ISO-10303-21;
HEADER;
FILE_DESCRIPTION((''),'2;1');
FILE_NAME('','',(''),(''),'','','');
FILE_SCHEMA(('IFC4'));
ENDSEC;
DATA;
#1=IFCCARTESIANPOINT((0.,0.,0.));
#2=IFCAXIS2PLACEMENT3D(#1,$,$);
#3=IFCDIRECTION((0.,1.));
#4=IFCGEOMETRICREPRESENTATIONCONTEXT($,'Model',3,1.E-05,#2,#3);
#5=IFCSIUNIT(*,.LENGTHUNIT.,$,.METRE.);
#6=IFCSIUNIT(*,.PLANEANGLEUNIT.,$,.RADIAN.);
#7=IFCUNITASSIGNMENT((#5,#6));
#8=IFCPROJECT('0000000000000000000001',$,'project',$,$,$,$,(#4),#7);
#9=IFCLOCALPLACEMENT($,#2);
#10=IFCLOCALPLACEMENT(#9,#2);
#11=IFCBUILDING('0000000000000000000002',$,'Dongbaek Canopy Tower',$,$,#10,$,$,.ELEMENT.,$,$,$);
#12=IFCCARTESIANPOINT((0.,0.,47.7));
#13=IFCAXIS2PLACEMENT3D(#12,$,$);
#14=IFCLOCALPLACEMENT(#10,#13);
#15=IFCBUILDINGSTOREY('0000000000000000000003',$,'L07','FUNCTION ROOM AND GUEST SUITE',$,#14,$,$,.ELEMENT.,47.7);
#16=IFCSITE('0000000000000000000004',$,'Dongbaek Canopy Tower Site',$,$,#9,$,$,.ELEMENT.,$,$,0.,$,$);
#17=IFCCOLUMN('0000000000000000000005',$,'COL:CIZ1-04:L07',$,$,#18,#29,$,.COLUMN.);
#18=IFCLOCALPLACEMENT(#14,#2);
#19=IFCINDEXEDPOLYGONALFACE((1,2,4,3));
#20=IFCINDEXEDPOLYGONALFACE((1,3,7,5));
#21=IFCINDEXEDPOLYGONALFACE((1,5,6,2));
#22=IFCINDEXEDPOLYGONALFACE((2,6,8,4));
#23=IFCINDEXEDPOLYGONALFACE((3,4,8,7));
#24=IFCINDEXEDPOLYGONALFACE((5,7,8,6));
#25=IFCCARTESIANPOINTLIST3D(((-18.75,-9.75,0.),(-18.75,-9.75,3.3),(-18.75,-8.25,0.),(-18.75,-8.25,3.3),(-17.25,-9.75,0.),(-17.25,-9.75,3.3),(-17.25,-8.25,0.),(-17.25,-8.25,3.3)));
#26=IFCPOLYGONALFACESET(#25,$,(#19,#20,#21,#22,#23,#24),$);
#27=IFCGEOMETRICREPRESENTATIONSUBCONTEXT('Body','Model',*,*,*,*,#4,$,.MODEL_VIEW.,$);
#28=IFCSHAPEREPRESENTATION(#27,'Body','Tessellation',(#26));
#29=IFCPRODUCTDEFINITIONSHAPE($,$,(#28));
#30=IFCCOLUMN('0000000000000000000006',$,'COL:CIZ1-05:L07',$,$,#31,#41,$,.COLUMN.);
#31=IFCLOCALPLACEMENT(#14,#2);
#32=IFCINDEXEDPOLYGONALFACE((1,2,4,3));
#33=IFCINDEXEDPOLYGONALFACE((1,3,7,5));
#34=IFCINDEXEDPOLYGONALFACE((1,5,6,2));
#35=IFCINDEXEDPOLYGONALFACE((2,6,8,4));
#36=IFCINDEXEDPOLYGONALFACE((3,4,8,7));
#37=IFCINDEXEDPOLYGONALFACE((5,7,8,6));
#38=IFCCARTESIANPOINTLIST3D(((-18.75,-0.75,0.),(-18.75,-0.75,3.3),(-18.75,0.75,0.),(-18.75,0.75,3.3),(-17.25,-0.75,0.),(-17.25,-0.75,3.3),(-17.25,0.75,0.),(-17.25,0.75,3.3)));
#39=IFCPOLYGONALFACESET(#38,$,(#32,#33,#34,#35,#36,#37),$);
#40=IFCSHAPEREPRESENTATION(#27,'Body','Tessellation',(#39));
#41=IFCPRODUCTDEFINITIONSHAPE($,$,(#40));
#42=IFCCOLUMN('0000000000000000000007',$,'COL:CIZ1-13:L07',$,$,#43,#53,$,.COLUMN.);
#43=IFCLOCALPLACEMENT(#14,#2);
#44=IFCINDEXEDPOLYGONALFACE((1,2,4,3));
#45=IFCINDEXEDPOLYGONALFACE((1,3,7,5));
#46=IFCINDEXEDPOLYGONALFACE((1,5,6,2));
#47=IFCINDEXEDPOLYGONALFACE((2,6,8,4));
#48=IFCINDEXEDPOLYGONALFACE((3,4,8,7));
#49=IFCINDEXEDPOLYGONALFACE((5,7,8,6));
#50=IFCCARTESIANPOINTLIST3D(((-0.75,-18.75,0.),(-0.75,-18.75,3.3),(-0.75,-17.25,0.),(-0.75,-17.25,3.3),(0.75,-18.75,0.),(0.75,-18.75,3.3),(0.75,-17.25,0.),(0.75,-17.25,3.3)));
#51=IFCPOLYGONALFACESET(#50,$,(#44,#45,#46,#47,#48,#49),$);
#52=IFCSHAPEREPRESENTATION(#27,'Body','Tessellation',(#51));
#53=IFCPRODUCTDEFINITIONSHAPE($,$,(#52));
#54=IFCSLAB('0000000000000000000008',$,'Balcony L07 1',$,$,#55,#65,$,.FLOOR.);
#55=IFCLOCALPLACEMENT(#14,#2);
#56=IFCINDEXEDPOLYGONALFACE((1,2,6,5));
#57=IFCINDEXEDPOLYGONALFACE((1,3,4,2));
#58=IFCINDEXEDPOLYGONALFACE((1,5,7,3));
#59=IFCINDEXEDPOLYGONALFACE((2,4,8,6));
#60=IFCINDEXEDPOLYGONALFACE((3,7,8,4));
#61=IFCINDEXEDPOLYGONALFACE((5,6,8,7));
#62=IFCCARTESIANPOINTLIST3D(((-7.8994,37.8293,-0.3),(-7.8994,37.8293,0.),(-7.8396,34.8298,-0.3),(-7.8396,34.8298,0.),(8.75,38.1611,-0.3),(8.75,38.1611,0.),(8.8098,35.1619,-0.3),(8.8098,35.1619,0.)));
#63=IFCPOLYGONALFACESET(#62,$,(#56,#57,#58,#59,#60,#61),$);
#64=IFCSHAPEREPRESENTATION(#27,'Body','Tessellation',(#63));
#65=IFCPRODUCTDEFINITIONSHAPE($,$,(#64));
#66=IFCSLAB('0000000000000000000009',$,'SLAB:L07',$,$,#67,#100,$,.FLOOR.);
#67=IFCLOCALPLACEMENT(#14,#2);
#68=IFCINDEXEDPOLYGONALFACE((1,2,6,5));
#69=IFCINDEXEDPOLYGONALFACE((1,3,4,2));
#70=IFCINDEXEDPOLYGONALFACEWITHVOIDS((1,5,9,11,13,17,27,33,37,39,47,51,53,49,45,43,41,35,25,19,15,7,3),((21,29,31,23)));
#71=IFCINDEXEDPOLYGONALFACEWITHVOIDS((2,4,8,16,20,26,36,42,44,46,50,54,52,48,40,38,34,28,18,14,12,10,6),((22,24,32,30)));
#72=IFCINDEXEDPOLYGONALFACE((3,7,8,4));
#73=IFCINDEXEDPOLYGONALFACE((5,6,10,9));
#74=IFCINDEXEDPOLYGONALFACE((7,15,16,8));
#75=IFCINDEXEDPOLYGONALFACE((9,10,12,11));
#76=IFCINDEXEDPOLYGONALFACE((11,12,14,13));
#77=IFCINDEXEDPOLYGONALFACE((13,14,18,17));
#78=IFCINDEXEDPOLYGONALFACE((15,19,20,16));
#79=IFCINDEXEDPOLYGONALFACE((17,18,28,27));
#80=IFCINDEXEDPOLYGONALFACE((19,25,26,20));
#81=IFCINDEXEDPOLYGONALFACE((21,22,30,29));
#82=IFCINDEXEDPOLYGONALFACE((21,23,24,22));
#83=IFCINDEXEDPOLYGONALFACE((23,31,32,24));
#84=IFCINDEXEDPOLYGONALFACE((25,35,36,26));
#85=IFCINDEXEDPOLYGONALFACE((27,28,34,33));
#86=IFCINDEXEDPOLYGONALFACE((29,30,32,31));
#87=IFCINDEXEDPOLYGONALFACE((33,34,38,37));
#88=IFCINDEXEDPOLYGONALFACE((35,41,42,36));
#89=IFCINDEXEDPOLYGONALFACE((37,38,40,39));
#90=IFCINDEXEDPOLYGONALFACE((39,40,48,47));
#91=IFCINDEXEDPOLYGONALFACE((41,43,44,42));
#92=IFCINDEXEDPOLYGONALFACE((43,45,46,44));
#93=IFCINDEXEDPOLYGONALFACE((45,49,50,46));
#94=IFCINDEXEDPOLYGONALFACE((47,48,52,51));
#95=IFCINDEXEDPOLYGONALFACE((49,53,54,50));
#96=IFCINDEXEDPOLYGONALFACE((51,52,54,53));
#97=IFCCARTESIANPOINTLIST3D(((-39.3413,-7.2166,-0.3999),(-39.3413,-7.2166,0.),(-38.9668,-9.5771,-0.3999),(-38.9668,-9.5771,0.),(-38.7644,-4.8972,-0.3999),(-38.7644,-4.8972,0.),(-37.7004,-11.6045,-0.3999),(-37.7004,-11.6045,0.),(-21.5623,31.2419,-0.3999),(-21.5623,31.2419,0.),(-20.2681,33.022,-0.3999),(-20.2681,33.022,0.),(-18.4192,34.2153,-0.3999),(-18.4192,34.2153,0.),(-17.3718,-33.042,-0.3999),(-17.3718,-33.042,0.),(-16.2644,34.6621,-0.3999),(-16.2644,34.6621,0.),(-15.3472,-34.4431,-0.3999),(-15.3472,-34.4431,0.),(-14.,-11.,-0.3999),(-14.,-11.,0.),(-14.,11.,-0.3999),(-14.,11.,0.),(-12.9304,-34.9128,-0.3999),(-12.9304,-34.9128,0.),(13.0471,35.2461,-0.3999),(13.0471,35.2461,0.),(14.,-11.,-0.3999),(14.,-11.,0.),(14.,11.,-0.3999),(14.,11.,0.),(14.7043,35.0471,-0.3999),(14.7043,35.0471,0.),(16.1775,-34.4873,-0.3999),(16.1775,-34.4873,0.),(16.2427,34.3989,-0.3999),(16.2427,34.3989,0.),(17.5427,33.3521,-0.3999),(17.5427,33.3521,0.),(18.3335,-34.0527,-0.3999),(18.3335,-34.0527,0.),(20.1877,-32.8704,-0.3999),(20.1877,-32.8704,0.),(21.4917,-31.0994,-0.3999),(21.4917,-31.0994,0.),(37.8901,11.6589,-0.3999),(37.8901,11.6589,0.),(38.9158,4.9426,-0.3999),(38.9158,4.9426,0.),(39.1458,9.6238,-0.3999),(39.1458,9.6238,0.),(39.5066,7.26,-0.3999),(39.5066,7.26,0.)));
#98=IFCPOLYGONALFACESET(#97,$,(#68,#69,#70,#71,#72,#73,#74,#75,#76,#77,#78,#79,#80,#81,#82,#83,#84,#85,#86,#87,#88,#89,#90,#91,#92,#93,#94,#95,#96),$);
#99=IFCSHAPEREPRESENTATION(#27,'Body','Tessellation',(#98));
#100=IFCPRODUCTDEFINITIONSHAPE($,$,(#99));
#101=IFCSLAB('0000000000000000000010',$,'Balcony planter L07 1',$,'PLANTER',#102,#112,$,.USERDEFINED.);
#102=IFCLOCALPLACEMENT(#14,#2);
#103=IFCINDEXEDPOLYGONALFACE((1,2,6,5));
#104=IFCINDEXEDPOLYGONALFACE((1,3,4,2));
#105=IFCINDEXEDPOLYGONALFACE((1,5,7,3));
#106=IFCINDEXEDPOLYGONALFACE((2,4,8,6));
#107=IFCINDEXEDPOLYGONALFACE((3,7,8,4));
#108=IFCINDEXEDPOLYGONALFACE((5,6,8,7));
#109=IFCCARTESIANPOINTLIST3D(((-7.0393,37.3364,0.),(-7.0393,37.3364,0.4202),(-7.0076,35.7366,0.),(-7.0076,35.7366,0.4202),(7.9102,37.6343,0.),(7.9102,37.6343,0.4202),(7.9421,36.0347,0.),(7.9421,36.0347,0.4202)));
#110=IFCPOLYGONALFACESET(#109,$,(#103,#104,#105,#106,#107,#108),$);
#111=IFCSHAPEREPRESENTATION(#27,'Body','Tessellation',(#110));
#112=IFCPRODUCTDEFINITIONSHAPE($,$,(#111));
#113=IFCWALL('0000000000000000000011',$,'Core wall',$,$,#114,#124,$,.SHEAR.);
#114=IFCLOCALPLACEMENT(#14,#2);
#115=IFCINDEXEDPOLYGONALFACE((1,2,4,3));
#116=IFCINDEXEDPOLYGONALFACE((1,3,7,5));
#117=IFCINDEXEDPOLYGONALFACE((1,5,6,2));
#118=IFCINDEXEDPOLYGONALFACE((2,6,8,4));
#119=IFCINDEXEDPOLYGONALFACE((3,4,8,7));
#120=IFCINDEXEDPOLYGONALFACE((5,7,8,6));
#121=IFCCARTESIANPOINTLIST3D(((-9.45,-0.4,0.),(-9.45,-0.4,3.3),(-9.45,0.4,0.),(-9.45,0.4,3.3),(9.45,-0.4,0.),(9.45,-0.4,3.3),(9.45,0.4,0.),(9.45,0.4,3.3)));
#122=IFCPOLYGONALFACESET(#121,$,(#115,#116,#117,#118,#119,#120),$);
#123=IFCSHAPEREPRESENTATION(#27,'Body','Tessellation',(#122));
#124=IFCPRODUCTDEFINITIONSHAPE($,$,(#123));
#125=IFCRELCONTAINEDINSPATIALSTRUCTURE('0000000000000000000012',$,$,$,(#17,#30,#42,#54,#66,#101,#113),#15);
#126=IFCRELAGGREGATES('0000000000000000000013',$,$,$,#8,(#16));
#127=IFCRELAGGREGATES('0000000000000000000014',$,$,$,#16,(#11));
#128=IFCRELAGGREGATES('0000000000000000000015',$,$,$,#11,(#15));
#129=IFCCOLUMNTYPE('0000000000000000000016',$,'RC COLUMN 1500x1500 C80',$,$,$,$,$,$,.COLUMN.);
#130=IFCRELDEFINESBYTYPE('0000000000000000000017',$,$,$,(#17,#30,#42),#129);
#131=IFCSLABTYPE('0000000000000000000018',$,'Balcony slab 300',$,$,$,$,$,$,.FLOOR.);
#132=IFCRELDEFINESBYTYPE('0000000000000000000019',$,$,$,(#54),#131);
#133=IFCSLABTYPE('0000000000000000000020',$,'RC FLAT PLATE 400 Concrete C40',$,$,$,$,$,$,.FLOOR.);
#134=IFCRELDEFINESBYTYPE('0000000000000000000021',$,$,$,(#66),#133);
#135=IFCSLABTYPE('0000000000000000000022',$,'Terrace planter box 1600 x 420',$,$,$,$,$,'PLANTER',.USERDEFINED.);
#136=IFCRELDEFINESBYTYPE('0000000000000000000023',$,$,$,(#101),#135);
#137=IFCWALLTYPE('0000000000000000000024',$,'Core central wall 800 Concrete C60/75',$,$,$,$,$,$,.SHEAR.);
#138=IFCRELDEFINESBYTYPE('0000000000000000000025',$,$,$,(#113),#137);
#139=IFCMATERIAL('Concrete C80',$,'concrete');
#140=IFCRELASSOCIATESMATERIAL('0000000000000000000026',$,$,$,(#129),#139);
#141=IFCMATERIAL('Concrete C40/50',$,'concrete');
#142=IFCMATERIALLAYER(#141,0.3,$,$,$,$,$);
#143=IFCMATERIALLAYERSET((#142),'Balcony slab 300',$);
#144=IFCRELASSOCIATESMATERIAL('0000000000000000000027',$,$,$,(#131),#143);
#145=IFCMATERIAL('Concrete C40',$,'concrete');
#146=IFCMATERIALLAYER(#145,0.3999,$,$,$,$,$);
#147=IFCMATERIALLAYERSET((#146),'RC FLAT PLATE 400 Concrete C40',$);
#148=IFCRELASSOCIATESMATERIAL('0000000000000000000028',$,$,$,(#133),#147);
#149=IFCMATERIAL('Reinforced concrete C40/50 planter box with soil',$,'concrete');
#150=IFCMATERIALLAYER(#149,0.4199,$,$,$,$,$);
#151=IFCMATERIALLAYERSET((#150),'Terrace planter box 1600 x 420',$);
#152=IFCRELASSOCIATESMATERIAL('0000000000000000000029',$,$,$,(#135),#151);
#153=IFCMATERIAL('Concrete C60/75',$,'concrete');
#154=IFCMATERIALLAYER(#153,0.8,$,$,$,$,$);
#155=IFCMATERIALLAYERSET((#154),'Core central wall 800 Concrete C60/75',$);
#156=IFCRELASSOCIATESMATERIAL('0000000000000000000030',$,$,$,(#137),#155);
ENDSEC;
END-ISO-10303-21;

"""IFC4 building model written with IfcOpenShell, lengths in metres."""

from ifc_helpers import new_model, si_unit, direction, frame, frame_2d, origin, origin_2d, place, context, subcontext, project, spatial, polyline, rectangle, outline, extrude, material, layer, layer_set, material_profile, profile_set, type_object, element, save


model = new_model("IFC4")

# Units and contexts
model_context = context("Model", 3, precision=1e-05, world=origin(), true_north=direction((0.0, 1.0)))
body_context = subcontext(model_context, "Body", "Model", "MODEL_VIEW")
ifc_project = project(units=[si_unit("LENGTHUNIT", "METRE"), si_unit("PLANEANGLEUNIT", "RADIAN")], contexts=[model_context])

# Site, building, storey
site_placement = place(None, origin())
site = spatial("IfcSite", under=ifc_project, at=site_placement, Name="Dongbaek Canopy Tower Site", CompositionType="ELEMENT", RefElevation=0.0)
building_placement = place(site_placement, origin())
building = spatial("IfcBuilding", under=site, at=building_placement, Name="Dongbaek Canopy Tower", CompositionType="ELEMENT")
storey_placement = place(building_placement, frame((0.0, 0.0, 47.7)))
storey = spatial("IfcBuildingStorey", under=building, at=storey_placement, Name="L07", Description="FUNCTION ROOM AND GUEST SUITE", CompositionType="ELEMENT", Elevation=47.7)

# Columns
ifc_material_1 = material(Name="Concrete C80", Category="concrete")
ifc_material_profile = material_profile(ifc_material_1, rectangle(XDim=1.5, YDim=1.5, at=origin_2d()), Name="RC COLUMN 1500x1500 C80")
ifc_profile_set = profile_set([ifc_material_profile], Name="Concrete C80")
column_type = type_object("IfcColumnType", Name="RC COLUMN 1500x1500 C80", PredefinedType="COLUMN", material=ifc_profile_set)
for number, where, z_axis, x_axis, name in (
    (1, (-18.0, -9.0, 0.0), (0.0, 0.0, 1.0), (1.0, 0.0, 0.0), "COL:CIZ1-04:L07"),
    (2, (-18.0, 0.0, 0.0), (0.0, 0.0, 1.0), (1.0, 0.0, 0.0), "COL:CIZ1-05:L07"),
    (3, (0.0, -18.0, 0.0), (0.0, 0.0, 1.0), (1.0, 0.0, 0.0), "COL:CIZ1-13:L07"),
):
    element("IfcColumn", number, at=place(storey_placement, frame(where, z_axis=z_axis, x_axis=x_axis)), inside=storey, type_object=column_type, Name=name, PredefinedType="COLUMN", context=body_context, shape_type="SweptSolid", body=[
        extrude(rectangle(XDim=1.5, YDim=1.5, at=origin_2d()), origin(), (0.0, 0.0, 1.0), 3.3),
    ])

# Slabs
ifc_material_2 = material(Name="Concrete C40/50", Category="concrete")
ifc_layer_1 = layer(ifc_material_2, 0.3)
ifc_layer_set_1 = layer_set([ifc_layer_1], Name="Balcony slab 300")
slab_type_1 = type_object("IfcSlabType", Name="Balcony slab 300", PredefinedType="FLOOR", material=ifc_layer_set_1)
slab_1_placement = place(storey_placement, frame((0.0, 0.0, -0.3)))
element("IfcSlab", 4, at=slab_1_placement, inside=storey, type_object=slab_type_1, Name="Balcony L07 1", PredefinedType="FLOOR", context=body_context, shape_type="SweptSolid", body=[
    extrude(outline(polyline([(8.8098, 35.1619), (-7.8396, 34.8298), (-7.8994, 37.8293), (8.75, 38.1611), (8.8098, 35.1619)])), origin(), (0.0, 0.0, 1.0), 0.3),
])
ifc_material_3 = material(Name="Concrete C40", Category="concrete")
ifc_layer_2 = layer(ifc_material_3, 0.3999)
ifc_layer_set_2 = layer_set([ifc_layer_2], Name="RC FLAT PLATE 400 Concrete C40")
slab_type_2 = type_object("IfcSlabType", Name="RC FLAT PLATE 400 Concrete C40", PredefinedType="FLOOR", material=ifc_layer_set_2)
slab_2_placement = place(storey_placement, frame((0.0, 0.0, -0.3999)))
element("IfcSlab", 5, at=slab_2_placement, inside=storey, type_object=slab_type_2, Name="SLAB:L07", PredefinedType="FLOOR", context=body_context, shape_type="SweptSolid", body=[
    extrude(outline(polyline([(21.4917, -31.0994), (20.1877, -32.8704), (18.3335, -34.0527), (16.1775, -34.4873), (-12.9304, -34.9128), (-15.3472, -34.4431), (-17.3718, -33.042), (-37.7004, -11.6045), (-38.9668, -9.5771), (-39.3413, -7.2166), (-38.7644, -4.8972), (-21.5623, 31.2419), (-20.2681, 33.022), (-18.4192, 34.2153), (-16.2644, 34.6621), (13.0471, 35.2461), (14.7043, 35.0471), (16.2427, 34.3989), (17.5427, 33.3521), (37.8901, 11.6589), (39.1458, 9.6238), (39.5066, 7.26), (38.9158, 4.9426), (21.4917, -31.0994)]), holes=[polyline([(14.0, 11.0), (-14.0, 11.0), (-14.0, -11.0), (14.0, -11.0), (14.0, 11.0)])]), origin(), (0.0, 0.0, 1.0), 0.3999),
])
ifc_material_4 = material(Name="Reinforced concrete C40/50 planter box with soil", Category="concrete")
ifc_layer_3 = layer(ifc_material_4, 0.4199)
ifc_layer_set_3 = layer_set([ifc_layer_3], Name="Terrace planter box 1600 x 420")
slab_type_3 = type_object("IfcSlabType", Name="Terrace planter box 1600 x 420", ElementType="PLANTER", PredefinedType="USERDEFINED", material=ifc_layer_set_3)
slab_3_placement = place(storey_placement, origin())
element("IfcSlab", 6, at=slab_3_placement, inside=storey, type_object=slab_type_3, Name="Balcony planter L07 1", ObjectType="PLANTER", PredefinedType="USERDEFINED", context=body_context, shape_type="SweptSolid", body=[
    extrude(outline(polyline([(7.9421, 36.0347), (-7.0076, 35.7366), (-7.0393, 37.3364), (7.9102, 37.6343), (7.9421, 36.0347)])), origin(), (0.0, 0.0, 1.0), 0.4202),
])

# Wall
ifc_material_5 = material(Name="Concrete C60/75", Category="concrete")
ifc_layer_4 = layer(ifc_material_5, 0.8)
ifc_layer_set_4 = layer_set([ifc_layer_4], Name="Core central wall 800 Concrete C60/75")
wall_type_1 = type_object("IfcWallType", Name="Core central wall 800 Concrete C60/75", PredefinedType="SHEAR", material=ifc_layer_set_4)
wall_1_placement = place(storey_placement, frame((-9.45, 0.0, 0.0), z_axis=(0.0, 0.0, 1.0), x_axis=(1.0, 0.0, 0.0)))
element("IfcWall", 7, at=wall_1_placement, inside=storey, type_object=wall_type_1, Name="Core wall", PredefinedType="SHEAR", context=body_context, shape_type="SweptSolid", body=[
    extrude(rectangle(XDim=18.8999, YDim=0.8, at=frame_2d((9.45, 0.0))), origin(), (0.0, 0.0, 1.0), 3.3),
])

save(model, "model.ifc")
